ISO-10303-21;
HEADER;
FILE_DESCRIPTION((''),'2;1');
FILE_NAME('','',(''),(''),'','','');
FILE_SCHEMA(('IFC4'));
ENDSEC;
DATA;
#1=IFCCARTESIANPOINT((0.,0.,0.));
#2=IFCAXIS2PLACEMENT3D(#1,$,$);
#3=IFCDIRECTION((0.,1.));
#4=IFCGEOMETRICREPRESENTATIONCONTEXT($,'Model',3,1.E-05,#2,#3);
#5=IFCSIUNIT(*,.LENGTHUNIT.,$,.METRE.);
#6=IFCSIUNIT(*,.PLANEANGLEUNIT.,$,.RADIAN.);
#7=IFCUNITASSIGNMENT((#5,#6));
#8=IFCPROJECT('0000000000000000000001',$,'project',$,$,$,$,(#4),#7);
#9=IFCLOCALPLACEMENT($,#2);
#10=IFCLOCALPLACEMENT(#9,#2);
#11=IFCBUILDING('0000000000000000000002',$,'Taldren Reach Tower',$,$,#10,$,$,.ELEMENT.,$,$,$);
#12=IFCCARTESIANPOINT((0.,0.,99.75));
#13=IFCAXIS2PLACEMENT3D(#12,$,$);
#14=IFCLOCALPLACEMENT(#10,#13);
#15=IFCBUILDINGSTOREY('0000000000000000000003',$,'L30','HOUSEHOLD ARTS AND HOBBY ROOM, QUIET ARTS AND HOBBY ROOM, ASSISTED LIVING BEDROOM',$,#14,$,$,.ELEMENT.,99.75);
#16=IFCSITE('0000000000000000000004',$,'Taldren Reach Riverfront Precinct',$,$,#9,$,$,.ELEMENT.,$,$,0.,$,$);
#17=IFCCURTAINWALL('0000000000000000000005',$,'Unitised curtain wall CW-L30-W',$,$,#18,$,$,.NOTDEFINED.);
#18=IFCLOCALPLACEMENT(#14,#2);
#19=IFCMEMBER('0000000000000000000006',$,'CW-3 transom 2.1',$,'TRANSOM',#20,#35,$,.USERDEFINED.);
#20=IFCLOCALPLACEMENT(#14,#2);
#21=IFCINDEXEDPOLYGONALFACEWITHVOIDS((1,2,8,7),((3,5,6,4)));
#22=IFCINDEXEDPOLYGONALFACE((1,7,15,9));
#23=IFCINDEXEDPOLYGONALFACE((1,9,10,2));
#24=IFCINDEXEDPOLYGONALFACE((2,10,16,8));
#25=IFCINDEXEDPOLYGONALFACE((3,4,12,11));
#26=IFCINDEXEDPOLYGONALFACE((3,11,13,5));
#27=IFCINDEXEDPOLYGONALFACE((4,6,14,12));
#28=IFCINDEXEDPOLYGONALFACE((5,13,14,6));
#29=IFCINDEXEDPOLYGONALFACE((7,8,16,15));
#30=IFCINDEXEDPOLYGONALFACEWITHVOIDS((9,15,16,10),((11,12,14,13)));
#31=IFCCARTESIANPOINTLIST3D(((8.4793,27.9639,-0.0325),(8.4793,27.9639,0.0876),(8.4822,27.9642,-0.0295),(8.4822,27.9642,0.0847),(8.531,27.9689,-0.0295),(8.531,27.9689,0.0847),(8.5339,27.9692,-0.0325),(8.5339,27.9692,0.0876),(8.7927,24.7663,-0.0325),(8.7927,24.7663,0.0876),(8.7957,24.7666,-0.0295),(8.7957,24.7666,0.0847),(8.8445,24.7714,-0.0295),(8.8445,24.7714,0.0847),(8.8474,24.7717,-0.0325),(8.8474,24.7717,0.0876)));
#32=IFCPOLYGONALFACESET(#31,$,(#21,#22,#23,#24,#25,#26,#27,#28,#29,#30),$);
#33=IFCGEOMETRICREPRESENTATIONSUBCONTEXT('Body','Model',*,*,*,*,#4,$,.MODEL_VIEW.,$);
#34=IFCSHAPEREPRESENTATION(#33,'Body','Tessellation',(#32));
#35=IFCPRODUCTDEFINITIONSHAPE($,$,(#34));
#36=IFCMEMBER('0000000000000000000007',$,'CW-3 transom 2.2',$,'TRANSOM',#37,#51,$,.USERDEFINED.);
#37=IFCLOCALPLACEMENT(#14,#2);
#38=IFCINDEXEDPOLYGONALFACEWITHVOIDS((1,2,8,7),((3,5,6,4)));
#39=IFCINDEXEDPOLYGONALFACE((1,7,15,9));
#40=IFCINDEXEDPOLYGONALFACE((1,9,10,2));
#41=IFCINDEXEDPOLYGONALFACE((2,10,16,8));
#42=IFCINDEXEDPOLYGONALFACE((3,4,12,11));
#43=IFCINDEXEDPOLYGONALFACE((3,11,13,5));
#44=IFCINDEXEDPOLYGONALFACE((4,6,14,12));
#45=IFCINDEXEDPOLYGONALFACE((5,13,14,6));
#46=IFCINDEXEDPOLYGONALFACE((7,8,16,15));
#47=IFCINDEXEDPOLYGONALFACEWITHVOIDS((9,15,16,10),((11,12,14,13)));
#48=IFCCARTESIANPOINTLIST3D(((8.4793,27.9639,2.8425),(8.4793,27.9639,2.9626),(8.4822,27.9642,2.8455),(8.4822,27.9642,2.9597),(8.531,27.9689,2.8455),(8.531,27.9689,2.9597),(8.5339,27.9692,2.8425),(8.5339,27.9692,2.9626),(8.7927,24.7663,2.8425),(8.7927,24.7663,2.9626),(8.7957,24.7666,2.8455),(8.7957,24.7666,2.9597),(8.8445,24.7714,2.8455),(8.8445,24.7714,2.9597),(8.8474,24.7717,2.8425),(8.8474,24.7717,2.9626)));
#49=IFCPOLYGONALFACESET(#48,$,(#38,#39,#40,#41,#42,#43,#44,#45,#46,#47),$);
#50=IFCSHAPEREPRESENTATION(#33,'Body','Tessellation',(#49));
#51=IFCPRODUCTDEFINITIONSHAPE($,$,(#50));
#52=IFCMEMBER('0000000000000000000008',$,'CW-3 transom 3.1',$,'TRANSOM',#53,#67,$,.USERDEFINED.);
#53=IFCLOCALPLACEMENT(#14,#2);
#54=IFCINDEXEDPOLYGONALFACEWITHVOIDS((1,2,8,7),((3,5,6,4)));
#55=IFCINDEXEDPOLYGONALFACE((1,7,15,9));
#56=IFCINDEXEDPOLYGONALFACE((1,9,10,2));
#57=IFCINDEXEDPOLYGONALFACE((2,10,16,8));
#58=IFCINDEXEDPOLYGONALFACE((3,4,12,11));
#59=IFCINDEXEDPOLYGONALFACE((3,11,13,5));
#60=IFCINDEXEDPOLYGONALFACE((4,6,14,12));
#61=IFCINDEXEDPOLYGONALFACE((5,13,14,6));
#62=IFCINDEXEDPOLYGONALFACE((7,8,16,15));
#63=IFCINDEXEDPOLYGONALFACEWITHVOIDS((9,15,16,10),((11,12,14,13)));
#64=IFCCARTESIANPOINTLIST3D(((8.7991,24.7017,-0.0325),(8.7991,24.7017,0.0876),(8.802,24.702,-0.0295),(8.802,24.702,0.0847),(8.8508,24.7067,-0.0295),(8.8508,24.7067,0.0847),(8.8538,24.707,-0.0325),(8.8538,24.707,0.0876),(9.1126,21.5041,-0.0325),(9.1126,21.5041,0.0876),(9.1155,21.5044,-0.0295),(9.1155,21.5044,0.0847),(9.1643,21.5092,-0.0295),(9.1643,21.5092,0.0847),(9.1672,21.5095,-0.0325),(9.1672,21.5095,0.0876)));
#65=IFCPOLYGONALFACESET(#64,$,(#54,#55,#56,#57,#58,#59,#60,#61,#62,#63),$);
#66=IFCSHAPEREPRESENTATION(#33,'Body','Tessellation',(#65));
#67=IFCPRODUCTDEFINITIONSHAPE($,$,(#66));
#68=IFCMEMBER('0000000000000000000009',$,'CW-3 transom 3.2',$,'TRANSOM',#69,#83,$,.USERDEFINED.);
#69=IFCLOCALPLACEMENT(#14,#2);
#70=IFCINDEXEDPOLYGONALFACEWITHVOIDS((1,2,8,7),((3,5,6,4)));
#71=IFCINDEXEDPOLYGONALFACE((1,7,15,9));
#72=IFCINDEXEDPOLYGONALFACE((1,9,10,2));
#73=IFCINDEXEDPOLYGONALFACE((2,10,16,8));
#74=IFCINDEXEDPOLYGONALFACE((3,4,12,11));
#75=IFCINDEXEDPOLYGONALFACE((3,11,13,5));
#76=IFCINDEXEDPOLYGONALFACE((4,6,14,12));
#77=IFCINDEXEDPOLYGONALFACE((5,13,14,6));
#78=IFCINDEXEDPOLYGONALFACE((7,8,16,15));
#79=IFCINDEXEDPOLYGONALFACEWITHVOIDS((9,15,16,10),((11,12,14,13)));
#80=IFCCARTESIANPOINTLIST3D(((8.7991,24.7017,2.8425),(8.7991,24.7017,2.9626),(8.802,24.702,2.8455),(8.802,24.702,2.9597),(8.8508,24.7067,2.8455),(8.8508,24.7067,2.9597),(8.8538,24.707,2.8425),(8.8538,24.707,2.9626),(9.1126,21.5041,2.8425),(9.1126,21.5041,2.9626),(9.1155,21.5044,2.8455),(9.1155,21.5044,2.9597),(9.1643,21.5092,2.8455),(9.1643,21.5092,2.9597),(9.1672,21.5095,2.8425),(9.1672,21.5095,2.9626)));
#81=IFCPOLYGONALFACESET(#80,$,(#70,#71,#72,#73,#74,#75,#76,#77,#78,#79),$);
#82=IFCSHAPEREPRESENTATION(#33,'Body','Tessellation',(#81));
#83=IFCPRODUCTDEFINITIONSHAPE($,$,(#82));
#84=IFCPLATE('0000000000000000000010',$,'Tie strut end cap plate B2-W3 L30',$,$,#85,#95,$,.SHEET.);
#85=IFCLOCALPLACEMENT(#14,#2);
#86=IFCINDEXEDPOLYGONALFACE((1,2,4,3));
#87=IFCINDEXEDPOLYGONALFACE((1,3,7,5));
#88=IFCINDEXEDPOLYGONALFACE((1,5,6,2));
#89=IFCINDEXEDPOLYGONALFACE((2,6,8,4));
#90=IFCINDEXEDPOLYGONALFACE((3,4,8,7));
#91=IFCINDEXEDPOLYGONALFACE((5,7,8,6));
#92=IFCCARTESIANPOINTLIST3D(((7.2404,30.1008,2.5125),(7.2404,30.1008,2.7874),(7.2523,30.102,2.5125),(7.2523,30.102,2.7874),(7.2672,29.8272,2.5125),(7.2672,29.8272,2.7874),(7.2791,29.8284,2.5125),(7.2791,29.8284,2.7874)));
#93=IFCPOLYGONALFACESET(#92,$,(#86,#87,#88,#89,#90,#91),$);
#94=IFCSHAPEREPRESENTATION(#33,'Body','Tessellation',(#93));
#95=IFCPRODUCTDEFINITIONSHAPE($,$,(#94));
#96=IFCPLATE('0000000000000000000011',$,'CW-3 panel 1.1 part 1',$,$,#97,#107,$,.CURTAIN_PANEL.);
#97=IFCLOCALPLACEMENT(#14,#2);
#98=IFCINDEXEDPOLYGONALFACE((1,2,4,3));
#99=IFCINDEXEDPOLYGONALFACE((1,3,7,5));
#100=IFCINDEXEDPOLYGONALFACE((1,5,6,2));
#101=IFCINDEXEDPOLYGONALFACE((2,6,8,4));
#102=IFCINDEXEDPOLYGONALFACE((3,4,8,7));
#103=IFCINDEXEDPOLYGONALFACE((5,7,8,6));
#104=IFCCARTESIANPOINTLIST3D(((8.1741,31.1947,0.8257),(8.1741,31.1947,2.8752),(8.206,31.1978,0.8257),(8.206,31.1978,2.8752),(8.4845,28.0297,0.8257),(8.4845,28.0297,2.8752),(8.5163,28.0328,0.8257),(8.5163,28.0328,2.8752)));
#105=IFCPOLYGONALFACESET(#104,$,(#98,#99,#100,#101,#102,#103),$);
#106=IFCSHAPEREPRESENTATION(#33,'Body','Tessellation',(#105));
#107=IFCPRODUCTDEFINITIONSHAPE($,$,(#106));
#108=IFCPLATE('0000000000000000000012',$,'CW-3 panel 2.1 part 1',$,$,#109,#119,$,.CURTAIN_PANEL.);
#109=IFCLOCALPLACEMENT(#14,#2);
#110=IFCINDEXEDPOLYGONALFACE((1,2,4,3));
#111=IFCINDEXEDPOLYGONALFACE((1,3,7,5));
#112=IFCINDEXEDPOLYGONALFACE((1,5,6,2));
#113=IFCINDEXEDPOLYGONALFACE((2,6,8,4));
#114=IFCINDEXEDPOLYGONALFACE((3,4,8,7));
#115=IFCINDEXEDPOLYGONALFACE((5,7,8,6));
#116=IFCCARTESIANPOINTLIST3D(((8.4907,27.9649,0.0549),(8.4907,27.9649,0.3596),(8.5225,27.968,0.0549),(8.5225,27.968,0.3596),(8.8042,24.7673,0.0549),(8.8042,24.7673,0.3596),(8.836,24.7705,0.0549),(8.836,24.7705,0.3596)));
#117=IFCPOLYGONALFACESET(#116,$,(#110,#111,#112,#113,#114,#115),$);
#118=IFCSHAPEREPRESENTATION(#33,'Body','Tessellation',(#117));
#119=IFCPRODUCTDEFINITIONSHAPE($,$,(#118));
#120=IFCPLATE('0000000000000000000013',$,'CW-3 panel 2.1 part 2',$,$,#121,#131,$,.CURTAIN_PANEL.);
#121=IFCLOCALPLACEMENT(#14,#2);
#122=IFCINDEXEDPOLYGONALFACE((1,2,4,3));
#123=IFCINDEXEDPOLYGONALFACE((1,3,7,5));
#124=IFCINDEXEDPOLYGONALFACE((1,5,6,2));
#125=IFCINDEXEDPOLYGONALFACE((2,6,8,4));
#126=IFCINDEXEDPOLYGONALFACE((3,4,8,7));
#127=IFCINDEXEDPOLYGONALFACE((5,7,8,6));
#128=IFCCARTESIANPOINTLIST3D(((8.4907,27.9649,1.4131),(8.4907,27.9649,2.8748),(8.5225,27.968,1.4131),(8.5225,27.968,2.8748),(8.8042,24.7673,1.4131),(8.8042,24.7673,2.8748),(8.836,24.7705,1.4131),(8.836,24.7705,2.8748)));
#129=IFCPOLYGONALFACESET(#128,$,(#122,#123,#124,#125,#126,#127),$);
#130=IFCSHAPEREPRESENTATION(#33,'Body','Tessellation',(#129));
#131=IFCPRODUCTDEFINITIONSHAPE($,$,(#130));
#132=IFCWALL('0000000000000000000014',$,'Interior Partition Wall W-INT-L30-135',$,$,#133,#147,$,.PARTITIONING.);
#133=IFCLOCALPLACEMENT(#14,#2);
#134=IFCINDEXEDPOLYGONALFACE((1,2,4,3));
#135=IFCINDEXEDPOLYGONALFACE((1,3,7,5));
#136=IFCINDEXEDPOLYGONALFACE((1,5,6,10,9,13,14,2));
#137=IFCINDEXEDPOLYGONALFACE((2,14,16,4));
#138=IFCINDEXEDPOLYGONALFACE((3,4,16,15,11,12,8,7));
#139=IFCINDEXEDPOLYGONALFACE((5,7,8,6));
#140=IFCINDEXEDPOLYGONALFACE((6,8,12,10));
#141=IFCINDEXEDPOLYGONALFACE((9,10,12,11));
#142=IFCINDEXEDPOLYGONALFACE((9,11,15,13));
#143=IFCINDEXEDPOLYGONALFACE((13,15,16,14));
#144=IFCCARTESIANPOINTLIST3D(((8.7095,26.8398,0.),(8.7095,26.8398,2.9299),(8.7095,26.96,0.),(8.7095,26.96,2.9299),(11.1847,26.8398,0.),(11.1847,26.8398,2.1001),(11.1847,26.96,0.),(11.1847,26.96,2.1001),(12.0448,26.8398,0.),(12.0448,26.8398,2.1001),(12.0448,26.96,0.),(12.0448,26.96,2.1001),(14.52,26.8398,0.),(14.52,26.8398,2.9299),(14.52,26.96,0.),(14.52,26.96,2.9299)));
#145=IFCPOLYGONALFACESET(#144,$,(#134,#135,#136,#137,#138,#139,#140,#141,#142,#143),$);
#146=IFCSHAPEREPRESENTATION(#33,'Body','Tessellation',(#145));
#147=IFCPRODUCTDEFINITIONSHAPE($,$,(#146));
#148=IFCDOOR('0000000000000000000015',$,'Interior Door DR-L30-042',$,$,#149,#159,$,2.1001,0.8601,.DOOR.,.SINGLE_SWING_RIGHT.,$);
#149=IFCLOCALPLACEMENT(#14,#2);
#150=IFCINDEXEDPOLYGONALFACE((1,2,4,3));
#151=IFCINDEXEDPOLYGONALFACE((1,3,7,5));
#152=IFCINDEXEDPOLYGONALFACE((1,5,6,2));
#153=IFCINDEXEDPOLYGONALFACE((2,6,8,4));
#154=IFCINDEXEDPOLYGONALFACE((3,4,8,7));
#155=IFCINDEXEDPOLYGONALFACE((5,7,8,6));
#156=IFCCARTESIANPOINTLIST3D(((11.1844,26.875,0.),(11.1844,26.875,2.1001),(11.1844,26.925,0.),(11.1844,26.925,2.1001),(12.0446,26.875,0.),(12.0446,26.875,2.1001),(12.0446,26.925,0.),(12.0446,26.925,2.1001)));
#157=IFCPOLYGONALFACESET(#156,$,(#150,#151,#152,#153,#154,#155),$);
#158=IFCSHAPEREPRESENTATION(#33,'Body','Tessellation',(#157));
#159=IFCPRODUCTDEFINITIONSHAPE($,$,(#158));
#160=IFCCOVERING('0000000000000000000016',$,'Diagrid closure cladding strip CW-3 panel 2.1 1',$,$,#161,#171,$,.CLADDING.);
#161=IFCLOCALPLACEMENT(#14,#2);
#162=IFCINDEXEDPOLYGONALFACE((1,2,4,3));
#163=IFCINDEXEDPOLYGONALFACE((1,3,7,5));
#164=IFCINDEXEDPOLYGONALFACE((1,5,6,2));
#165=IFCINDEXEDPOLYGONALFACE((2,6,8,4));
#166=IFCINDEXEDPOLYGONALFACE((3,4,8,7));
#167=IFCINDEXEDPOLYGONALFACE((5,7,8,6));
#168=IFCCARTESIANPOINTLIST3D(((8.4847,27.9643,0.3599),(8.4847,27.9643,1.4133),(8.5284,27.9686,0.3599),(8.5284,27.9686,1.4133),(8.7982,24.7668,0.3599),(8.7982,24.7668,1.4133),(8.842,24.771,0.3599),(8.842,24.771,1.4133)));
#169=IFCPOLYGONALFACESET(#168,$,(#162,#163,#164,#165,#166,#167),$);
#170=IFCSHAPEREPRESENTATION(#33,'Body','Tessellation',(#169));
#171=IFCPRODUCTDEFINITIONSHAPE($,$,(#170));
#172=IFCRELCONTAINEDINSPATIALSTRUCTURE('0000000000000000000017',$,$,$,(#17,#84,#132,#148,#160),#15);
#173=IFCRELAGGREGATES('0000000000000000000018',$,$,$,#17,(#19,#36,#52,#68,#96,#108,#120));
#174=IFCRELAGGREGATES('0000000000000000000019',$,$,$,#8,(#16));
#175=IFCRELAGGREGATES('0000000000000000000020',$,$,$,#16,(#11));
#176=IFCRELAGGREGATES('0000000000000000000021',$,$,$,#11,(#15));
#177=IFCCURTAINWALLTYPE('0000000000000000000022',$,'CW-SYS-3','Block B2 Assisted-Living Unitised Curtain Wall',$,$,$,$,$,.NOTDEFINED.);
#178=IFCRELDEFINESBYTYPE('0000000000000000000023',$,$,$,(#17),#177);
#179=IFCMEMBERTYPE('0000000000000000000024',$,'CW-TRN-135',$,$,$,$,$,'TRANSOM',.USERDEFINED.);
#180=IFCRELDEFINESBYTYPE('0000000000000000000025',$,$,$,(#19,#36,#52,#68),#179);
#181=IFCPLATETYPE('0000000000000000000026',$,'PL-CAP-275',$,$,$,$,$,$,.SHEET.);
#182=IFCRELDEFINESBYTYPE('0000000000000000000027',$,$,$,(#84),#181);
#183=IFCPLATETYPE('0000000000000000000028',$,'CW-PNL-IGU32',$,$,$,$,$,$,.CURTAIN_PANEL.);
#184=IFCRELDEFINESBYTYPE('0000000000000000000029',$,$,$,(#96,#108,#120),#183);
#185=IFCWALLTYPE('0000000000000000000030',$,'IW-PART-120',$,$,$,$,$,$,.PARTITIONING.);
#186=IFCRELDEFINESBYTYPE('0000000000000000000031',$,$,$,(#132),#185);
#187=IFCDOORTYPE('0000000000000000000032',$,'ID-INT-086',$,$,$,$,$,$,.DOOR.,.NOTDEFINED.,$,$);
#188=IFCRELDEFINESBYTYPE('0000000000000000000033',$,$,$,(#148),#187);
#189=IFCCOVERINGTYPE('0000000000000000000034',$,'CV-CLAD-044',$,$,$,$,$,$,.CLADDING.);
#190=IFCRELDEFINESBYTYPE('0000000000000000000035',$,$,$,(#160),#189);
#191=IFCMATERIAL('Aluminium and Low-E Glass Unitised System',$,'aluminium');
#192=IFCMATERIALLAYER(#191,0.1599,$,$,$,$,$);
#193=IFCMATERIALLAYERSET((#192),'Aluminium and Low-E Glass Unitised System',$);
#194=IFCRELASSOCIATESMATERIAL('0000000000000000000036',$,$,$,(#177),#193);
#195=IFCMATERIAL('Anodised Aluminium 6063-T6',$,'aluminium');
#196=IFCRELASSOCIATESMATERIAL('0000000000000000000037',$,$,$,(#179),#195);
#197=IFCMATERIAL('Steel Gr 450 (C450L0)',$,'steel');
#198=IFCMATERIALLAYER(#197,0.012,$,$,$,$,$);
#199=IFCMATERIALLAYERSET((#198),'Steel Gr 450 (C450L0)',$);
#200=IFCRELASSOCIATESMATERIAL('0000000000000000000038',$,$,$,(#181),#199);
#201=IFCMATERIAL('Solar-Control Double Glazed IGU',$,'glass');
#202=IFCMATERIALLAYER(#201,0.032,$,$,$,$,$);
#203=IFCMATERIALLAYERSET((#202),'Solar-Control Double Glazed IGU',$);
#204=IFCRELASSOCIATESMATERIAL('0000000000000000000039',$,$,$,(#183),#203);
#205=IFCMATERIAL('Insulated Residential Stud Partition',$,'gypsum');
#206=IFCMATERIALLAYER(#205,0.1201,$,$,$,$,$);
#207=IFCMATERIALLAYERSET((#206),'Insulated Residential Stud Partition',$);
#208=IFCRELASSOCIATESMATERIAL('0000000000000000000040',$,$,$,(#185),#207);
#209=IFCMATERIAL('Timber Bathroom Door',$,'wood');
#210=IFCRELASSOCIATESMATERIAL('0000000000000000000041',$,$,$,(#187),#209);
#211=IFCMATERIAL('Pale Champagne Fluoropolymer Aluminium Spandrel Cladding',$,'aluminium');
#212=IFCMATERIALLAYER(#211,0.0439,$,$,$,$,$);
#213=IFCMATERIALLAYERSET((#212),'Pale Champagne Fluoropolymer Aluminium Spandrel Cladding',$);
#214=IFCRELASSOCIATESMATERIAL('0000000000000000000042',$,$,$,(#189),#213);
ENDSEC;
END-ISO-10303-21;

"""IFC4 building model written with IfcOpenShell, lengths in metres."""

from ifc_helpers import new_model, si_unit, direction, frame, frame_2d, origin, origin_2d, place, context, subcontext, project, spatial, rectangle, hollow_rectangle, extrude, source, transform, mapped, material, layer, layer_set, material_profile, profile_set, type_object, element, fill, aggregate, save


model = new_model("IFC4")

# Units and contexts
model_context = context("Model", 3, precision=1e-05, world=origin(), true_north=direction((0.0, 1.0)))
body_context = subcontext(model_context, "Body", "Model", "MODEL_VIEW")
ifc_project = project(units=[si_unit("LENGTHUNIT", "METRE"), si_unit("PLANEANGLEUNIT", "RADIAN")], contexts=[model_context])

# Site, building, storey
site_placement = place(None, origin())
site = spatial("IfcSite", under=ifc_project, at=site_placement, Name="Taldren Reach Riverfront Precinct", CompositionType="ELEMENT", RefElevation=0.0)
building_placement = place(site_placement, origin())
building = spatial("IfcBuilding", under=site, at=building_placement, Name="Taldren Reach Tower", CompositionType="ELEMENT")
storey_placement = place(building_placement, frame((0.0, 0.0, 99.75)))
storey = spatial("IfcBuildingStorey", under=building, at=storey_placement, Name="L30", Description="HOUSEHOLD ARTS AND HOBBY ROOM, QUIET ARTS AND HOBBY ROOM, ASSISTED LIVING BEDROOM", CompositionType="ELEMENT", Elevation=99.75)

# Shared definitions
ifc_material_1 = material(Name="Steel Gr 450 (C450L0)", Category="steel")

# Curtain wall, members
ifc_material_2 = material(Name="Aluminium and Low-E Glass Unitised System", Category="aluminium")
ifc_layer_1 = layer(ifc_material_2, 0.1599)
ifc_layer_set_1 = layer_set([ifc_layer_1], Name="Aluminium and Low-E Glass Unitised System")
curtain_wall_type = type_object("IfcCurtainWallType", Name="CW-SYS-3", Description="Block B2 Assisted-Living Unitised Curtain Wall", PredefinedType="NOTDEFINED", material=ifc_layer_set_1)
curtain_wall_placement = place(storey_placement, origin())
curtain_wall = element("IfcCurtainWall", 1, at=curtain_wall_placement, inside=storey, type_object=curtain_wall_type, Name="Unitised curtain wall CW-L30-W", PredefinedType="NOTDEFINED")
ifc_material_3 = material(Name="Anodised Aluminium 6063-T6", Category="aluminium")
ifc_material_profile_1 = material_profile(ifc_material_3, hollow_rectangle(XDim=0.0549, YDim=0.1201, WallThickness=0.0029, at=origin_2d()), Name="ALU-120x55x3RHS")
ifc_profile_set_1 = profile_set([ifc_material_profile_1], Name="Anodised Aluminium 6063-T6")
member_type_1 = type_object("IfcMemberType", Name="CW-TRN-135", ElementType="TRANSOM", PredefinedType="USERDEFINED", material=ifc_profile_set_1)
shared_shape_1 = source(origin(), body_context, "Body", "SweptSolid", [
    extrude(hollow_rectangle(XDim=0.0549, YDim=0.1201, WallThickness=0.0029, at=origin_2d()), origin(), (0.0, 0.0, 1.0), 3.2129),
])
member_1_placement = place(storey_placement, frame((8.5066, 27.9666, 0.0276), z_axis=(0.09757, -0.995229, 0.0), x_axis=(0.995229, 0.09757, 0.0)))
member_1 = element("IfcMember", 2, at=member_1_placement, type_object=member_type_1, Name="CW-3 transom 2.1", ObjectType="TRANSOM", PredefinedType="USERDEFINED", context=body_context, shape_type="MappedRepresentation", body=[
    mapped(shared_shape_1, transform((0.0, 0.0, 0.0), scale=1.0)),
])
member_2_placement = place(storey_placement, frame((8.5066, 27.9666, 2.9026), z_axis=(0.09757, -0.995229, 0.0), x_axis=(0.995229, 0.09757, 0.0)))
member_2 = element("IfcMember", 3, at=member_2_placement, type_object=member_type_1, Name="CW-3 transom 2.2", ObjectType="TRANSOM", PredefinedType="USERDEFINED", context=body_context, shape_type="MappedRepresentation", body=[
    mapped(shared_shape_1, transform((0.0, 0.0, 0.0), scale=1.0)),
])
member_3_placement = place(storey_placement, frame((8.8264, 24.7043, 0.0276), z_axis=(0.09757, -0.995229, 0.0), x_axis=(0.995229, 0.09757, 0.0)))
member_3 = element("IfcMember", 4, at=member_3_placement, type_object=member_type_1, Name="CW-3 transom 3.1", ObjectType="TRANSOM", PredefinedType="USERDEFINED", context=body_context, shape_type="MappedRepresentation", body=[
    mapped(shared_shape_1, transform((0.0, 0.0, 0.0), scale=1.0)),
])
member_4_placement = place(storey_placement, frame((8.8264, 24.7043, 2.9026), z_axis=(0.09757, -0.995229, 0.0), x_axis=(0.995229, 0.09757, 0.0)))
member_4 = element("IfcMember", 5, at=member_4_placement, type_object=member_type_1, Name="CW-3 transom 3.2", ObjectType="TRANSOM", PredefinedType="USERDEFINED", context=body_context, shape_type="MappedRepresentation", body=[
    mapped(shared_shape_1, transform((0.0, 0.0, 0.0), scale=1.0)),
])

# Plates
ifc_layer_2 = layer(ifc_material_1, 0.012)
ifc_layer_set_2 = layer_set([ifc_layer_2], Name="Steel Gr 450 (C450L0)")
plate_type_1 = type_object("IfcPlateType", Name="PL-CAP-275", PredefinedType="SHEET", material=ifc_layer_set_2)
shared_shape_2 = source(origin(), body_context, "Body", "SweptSolid", [
    extrude(rectangle(XDim=0.012, YDim=0.2749, at=origin_2d()), origin(), (0.0, 0.0, 1.0), 0.2749),
])
plate_1_placement = place(storey_placement, frame((7.2598, 29.9646, 2.5125), z_axis=(0.0, 0.0, 1.0), x_axis=(0.995227, 0.097583, 0.0)))
element("IfcPlate", 6, at=plate_1_placement, inside=storey, type_object=plate_type_1, Name="Tie strut end cap plate B2-W3 L30", PredefinedType="SHEET", context=body_context, shape_type="MappedRepresentation", body=[
    mapped(shared_shape_2, transform((0.0, 0.0, 0.0), scale=1.0)),
])
ifc_material_4 = material(Name="Solar-Control Double Glazed IGU", Category="glass")
ifc_layer_3 = layer(ifc_material_4, 0.032)
ifc_layer_set_3 = layer_set([ifc_layer_3], Name="Solar-Control Double Glazed IGU")
plate_type_2 = type_object("IfcPlateType", Name="CW-PNL-IGU32", PredefinedType="CURTAIN_PANEL", material=ifc_layer_set_3)
shared_shape_3 = source(origin(), body_context, "Body", "SweptSolid", [
    extrude(rectangle(XDim=3.1802, YDim=0.032, at=origin_2d()), origin(), (0.0, 0.0, 1.0), 2.0496),
])
plate_2_placement = place(storey_placement, frame((8.3452, 29.6138, 0.8257), z_axis=(0.0, 0.0, 1.0), x_axis=(0.097583, -0.995227, 0.0)))
plate_2 = element("IfcPlate", 7, at=plate_2_placement, type_object=plate_type_2, Name="CW-3 panel 1.1 part 1", PredefinedType="CURTAIN_PANEL", context=body_context, shape_type="MappedRepresentation", body=[
    mapped(shared_shape_3, transform((0.0, 0.0, 0.0), scale=1.0)),
])
shared_shape_4 = source(origin(), body_context, "Body", "SweptSolid", [
    extrude(rectangle(XDim=3.2129, YDim=0.032, at=origin_2d()), origin(), (0.0, 0.0, 1.0), 0.3047),
])
plate_3_placement = place(storey_placement, frame((8.6633, 26.3677, 0.0549), z_axis=(0.0, 0.0, 1.0), x_axis=(0.097583, -0.995227, 0.0)))
plate_3 = element("IfcPlate", 8, at=plate_3_placement, type_object=plate_type_2, Name="CW-3 panel 2.1 part 1", PredefinedType="CURTAIN_PANEL", context=body_context, shape_type="MappedRepresentation", body=[
    mapped(shared_shape_4, transform((0.0, 0.0, 0.0), scale=1.0)),
])
shared_shape_5 = source(origin(), body_context, "Body", "SweptSolid", [
    extrude(rectangle(XDim=3.2129, YDim=0.032, at=origin_2d()), origin(), (0.0, 0.0, 1.0), 1.4617),
])
plate_4_placement = place(storey_placement, frame((8.6633, 26.3677, 1.4131), z_axis=(0.0, 0.0, 1.0), x_axis=(0.097583, -0.995227, 0.0)))
plate_4 = element("IfcPlate", 9, at=plate_4_placement, type_object=plate_type_2, Name="CW-3 panel 2.1 part 2", PredefinedType="CURTAIN_PANEL", context=body_context, shape_type="MappedRepresentation", body=[
    mapped(shared_shape_5, transform((0.0, 0.0, 0.0), scale=1.0)),
])
aggregate(curtain_wall, [member_1, member_2, member_3, member_4, plate_2, plate_3, plate_4])

# Wall, opening, door
ifc_material_5 = material(Name="Insulated Residential Stud Partition", Category="gypsum")
ifc_layer_4 = layer(ifc_material_5, 0.1201)
ifc_layer_set_4 = layer_set([ifc_layer_4], Name="Insulated Residential Stud Partition")
wall_type = type_object("IfcWallType", Name="IW-PART-120", PredefinedType="PARTITIONING", material=ifc_layer_set_4)
shared_shape_6 = source(origin(), body_context, "Body", "SweptSolid", [
    extrude(rectangle(XDim=5.8105, YDim=0.1201, at=frame_2d((2.9053, 0.0))), origin(), (0.0, 0.0, 1.0), 2.9299),
])
wall_placement = place(storey_placement, frame((8.7095, 26.8999, 0.0), z_axis=(0.0, 0.0, 1.0), x_axis=(1.0, 0.0, 0.0)))
wall = element("IfcWall", 10, at=wall_placement, inside=storey, type_object=wall_type, Name="Interior Partition Wall W-INT-L30-135", PredefinedType="PARTITIONING", context=body_context, shape_type="MappedRepresentation", body=[
    mapped(shared_shape_6, transform((0.0, 0.0, 0.0), scale=1.0)),
])
shared_shape_7 = source(origin(), body_context, "Body", "SweptSolid", [
    extrude(rectangle(XDim=0.8601, YDim=2.1001, at=frame_2d((0.4302, 1.05))), frame((0.0, 0.0701, 0.0), z_axis=(0.0, -1.0, 0.0), x_axis=(1.0, 0.0, 0.0)), (0.0, 0.0, 1.0), 0.1401),
])
opening_placement = place(wall_placement, frame((2.4751, 0.0, 0.0)))
opening = element("IfcOpeningElement", 11, at=opening_placement, cuts=wall, PredefinedType="OPENING", context=body_context, shape_type="MappedRepresentation", body=[
    mapped(shared_shape_7, transform((0.0, 0.0, 0.0), scale=1.0)),
])
ifc_material_6 = material(Name="Timber Bathroom Door", Category="wood")
door_type = type_object("IfcDoorType", Name="ID-INT-086", OperationType="NOTDEFINED", PredefinedType="DOOR", material=ifc_material_6)
shared_shape_8 = source(origin(), body_context, "Body", "SweptSolid", [
    extrude(rectangle(XDim=0.8601, YDim=2.1001, at=frame_2d((0.4302, 1.05))), frame((0.0, 0.0249, 0.0), z_axis=(0.0, -1.0, 0.0), x_axis=(1.0, 0.0, 0.0)), (0.0, 0.0, 1.0), 0.05),
])
door_placement = place(opening_placement, frame((0.8601, 0.0, 0.0), z_axis=(0.0, 0.0, 1.0), x_axis=(-1.0, 0.0, 0.0)))
door = element("IfcDoor", 12, at=door_placement, inside=storey, type_object=door_type, Name="Interior Door DR-L30-042", OperationType="SINGLE_SWING_RIGHT", OverallHeight=2.1001, OverallWidth=0.8601, PredefinedType="DOOR", context=body_context, shape_type="MappedRepresentation", body=[
    mapped(shared_shape_8, transform((0.0, 0.0, 0.0), scale=1.0)),
])
fill(opening, door)

# Covering
ifc_material_7 = material(Name="Pale Champagne Fluoropolymer Aluminium Spandrel Cladding", Category="aluminium")
ifc_layer_5 = layer(ifc_material_7, 0.0439)
ifc_layer_set_5 = layer_set([ifc_layer_5], Name="Pale Champagne Fluoropolymer Aluminium Spandrel Cladding")
covering_type = type_object("IfcCoveringType", Name="CV-CLAD-044", PredefinedType="CLADDING", material=ifc_layer_set_5)
shared_shape_9 = source(origin(), body_context, "Body", "SweptSolid", [
    extrude(rectangle(XDim=3.2129, YDim=0.0439, at=origin_2d()), origin(), (0.0, 0.0, 1.0), 1.0535),
])
covering_1_placement = place(storey_placement, frame((8.6633, 26.3677, 0.3599), z_axis=(0.0, 0.0, 1.0), x_axis=(0.097583, -0.995227, 0.0)))
element("IfcCovering", 13, at=covering_1_placement, inside=storey, type_object=covering_type, Name="Diagrid closure cladding strip CW-3 panel 2.1 1", PredefinedType="CLADDING", context=body_context, shape_type="MappedRepresentation", body=[
    mapped(shared_shape_9, transform((0.0, 0.0, 0.0), scale=1.0)),
])

save(model, "model.ifc")
